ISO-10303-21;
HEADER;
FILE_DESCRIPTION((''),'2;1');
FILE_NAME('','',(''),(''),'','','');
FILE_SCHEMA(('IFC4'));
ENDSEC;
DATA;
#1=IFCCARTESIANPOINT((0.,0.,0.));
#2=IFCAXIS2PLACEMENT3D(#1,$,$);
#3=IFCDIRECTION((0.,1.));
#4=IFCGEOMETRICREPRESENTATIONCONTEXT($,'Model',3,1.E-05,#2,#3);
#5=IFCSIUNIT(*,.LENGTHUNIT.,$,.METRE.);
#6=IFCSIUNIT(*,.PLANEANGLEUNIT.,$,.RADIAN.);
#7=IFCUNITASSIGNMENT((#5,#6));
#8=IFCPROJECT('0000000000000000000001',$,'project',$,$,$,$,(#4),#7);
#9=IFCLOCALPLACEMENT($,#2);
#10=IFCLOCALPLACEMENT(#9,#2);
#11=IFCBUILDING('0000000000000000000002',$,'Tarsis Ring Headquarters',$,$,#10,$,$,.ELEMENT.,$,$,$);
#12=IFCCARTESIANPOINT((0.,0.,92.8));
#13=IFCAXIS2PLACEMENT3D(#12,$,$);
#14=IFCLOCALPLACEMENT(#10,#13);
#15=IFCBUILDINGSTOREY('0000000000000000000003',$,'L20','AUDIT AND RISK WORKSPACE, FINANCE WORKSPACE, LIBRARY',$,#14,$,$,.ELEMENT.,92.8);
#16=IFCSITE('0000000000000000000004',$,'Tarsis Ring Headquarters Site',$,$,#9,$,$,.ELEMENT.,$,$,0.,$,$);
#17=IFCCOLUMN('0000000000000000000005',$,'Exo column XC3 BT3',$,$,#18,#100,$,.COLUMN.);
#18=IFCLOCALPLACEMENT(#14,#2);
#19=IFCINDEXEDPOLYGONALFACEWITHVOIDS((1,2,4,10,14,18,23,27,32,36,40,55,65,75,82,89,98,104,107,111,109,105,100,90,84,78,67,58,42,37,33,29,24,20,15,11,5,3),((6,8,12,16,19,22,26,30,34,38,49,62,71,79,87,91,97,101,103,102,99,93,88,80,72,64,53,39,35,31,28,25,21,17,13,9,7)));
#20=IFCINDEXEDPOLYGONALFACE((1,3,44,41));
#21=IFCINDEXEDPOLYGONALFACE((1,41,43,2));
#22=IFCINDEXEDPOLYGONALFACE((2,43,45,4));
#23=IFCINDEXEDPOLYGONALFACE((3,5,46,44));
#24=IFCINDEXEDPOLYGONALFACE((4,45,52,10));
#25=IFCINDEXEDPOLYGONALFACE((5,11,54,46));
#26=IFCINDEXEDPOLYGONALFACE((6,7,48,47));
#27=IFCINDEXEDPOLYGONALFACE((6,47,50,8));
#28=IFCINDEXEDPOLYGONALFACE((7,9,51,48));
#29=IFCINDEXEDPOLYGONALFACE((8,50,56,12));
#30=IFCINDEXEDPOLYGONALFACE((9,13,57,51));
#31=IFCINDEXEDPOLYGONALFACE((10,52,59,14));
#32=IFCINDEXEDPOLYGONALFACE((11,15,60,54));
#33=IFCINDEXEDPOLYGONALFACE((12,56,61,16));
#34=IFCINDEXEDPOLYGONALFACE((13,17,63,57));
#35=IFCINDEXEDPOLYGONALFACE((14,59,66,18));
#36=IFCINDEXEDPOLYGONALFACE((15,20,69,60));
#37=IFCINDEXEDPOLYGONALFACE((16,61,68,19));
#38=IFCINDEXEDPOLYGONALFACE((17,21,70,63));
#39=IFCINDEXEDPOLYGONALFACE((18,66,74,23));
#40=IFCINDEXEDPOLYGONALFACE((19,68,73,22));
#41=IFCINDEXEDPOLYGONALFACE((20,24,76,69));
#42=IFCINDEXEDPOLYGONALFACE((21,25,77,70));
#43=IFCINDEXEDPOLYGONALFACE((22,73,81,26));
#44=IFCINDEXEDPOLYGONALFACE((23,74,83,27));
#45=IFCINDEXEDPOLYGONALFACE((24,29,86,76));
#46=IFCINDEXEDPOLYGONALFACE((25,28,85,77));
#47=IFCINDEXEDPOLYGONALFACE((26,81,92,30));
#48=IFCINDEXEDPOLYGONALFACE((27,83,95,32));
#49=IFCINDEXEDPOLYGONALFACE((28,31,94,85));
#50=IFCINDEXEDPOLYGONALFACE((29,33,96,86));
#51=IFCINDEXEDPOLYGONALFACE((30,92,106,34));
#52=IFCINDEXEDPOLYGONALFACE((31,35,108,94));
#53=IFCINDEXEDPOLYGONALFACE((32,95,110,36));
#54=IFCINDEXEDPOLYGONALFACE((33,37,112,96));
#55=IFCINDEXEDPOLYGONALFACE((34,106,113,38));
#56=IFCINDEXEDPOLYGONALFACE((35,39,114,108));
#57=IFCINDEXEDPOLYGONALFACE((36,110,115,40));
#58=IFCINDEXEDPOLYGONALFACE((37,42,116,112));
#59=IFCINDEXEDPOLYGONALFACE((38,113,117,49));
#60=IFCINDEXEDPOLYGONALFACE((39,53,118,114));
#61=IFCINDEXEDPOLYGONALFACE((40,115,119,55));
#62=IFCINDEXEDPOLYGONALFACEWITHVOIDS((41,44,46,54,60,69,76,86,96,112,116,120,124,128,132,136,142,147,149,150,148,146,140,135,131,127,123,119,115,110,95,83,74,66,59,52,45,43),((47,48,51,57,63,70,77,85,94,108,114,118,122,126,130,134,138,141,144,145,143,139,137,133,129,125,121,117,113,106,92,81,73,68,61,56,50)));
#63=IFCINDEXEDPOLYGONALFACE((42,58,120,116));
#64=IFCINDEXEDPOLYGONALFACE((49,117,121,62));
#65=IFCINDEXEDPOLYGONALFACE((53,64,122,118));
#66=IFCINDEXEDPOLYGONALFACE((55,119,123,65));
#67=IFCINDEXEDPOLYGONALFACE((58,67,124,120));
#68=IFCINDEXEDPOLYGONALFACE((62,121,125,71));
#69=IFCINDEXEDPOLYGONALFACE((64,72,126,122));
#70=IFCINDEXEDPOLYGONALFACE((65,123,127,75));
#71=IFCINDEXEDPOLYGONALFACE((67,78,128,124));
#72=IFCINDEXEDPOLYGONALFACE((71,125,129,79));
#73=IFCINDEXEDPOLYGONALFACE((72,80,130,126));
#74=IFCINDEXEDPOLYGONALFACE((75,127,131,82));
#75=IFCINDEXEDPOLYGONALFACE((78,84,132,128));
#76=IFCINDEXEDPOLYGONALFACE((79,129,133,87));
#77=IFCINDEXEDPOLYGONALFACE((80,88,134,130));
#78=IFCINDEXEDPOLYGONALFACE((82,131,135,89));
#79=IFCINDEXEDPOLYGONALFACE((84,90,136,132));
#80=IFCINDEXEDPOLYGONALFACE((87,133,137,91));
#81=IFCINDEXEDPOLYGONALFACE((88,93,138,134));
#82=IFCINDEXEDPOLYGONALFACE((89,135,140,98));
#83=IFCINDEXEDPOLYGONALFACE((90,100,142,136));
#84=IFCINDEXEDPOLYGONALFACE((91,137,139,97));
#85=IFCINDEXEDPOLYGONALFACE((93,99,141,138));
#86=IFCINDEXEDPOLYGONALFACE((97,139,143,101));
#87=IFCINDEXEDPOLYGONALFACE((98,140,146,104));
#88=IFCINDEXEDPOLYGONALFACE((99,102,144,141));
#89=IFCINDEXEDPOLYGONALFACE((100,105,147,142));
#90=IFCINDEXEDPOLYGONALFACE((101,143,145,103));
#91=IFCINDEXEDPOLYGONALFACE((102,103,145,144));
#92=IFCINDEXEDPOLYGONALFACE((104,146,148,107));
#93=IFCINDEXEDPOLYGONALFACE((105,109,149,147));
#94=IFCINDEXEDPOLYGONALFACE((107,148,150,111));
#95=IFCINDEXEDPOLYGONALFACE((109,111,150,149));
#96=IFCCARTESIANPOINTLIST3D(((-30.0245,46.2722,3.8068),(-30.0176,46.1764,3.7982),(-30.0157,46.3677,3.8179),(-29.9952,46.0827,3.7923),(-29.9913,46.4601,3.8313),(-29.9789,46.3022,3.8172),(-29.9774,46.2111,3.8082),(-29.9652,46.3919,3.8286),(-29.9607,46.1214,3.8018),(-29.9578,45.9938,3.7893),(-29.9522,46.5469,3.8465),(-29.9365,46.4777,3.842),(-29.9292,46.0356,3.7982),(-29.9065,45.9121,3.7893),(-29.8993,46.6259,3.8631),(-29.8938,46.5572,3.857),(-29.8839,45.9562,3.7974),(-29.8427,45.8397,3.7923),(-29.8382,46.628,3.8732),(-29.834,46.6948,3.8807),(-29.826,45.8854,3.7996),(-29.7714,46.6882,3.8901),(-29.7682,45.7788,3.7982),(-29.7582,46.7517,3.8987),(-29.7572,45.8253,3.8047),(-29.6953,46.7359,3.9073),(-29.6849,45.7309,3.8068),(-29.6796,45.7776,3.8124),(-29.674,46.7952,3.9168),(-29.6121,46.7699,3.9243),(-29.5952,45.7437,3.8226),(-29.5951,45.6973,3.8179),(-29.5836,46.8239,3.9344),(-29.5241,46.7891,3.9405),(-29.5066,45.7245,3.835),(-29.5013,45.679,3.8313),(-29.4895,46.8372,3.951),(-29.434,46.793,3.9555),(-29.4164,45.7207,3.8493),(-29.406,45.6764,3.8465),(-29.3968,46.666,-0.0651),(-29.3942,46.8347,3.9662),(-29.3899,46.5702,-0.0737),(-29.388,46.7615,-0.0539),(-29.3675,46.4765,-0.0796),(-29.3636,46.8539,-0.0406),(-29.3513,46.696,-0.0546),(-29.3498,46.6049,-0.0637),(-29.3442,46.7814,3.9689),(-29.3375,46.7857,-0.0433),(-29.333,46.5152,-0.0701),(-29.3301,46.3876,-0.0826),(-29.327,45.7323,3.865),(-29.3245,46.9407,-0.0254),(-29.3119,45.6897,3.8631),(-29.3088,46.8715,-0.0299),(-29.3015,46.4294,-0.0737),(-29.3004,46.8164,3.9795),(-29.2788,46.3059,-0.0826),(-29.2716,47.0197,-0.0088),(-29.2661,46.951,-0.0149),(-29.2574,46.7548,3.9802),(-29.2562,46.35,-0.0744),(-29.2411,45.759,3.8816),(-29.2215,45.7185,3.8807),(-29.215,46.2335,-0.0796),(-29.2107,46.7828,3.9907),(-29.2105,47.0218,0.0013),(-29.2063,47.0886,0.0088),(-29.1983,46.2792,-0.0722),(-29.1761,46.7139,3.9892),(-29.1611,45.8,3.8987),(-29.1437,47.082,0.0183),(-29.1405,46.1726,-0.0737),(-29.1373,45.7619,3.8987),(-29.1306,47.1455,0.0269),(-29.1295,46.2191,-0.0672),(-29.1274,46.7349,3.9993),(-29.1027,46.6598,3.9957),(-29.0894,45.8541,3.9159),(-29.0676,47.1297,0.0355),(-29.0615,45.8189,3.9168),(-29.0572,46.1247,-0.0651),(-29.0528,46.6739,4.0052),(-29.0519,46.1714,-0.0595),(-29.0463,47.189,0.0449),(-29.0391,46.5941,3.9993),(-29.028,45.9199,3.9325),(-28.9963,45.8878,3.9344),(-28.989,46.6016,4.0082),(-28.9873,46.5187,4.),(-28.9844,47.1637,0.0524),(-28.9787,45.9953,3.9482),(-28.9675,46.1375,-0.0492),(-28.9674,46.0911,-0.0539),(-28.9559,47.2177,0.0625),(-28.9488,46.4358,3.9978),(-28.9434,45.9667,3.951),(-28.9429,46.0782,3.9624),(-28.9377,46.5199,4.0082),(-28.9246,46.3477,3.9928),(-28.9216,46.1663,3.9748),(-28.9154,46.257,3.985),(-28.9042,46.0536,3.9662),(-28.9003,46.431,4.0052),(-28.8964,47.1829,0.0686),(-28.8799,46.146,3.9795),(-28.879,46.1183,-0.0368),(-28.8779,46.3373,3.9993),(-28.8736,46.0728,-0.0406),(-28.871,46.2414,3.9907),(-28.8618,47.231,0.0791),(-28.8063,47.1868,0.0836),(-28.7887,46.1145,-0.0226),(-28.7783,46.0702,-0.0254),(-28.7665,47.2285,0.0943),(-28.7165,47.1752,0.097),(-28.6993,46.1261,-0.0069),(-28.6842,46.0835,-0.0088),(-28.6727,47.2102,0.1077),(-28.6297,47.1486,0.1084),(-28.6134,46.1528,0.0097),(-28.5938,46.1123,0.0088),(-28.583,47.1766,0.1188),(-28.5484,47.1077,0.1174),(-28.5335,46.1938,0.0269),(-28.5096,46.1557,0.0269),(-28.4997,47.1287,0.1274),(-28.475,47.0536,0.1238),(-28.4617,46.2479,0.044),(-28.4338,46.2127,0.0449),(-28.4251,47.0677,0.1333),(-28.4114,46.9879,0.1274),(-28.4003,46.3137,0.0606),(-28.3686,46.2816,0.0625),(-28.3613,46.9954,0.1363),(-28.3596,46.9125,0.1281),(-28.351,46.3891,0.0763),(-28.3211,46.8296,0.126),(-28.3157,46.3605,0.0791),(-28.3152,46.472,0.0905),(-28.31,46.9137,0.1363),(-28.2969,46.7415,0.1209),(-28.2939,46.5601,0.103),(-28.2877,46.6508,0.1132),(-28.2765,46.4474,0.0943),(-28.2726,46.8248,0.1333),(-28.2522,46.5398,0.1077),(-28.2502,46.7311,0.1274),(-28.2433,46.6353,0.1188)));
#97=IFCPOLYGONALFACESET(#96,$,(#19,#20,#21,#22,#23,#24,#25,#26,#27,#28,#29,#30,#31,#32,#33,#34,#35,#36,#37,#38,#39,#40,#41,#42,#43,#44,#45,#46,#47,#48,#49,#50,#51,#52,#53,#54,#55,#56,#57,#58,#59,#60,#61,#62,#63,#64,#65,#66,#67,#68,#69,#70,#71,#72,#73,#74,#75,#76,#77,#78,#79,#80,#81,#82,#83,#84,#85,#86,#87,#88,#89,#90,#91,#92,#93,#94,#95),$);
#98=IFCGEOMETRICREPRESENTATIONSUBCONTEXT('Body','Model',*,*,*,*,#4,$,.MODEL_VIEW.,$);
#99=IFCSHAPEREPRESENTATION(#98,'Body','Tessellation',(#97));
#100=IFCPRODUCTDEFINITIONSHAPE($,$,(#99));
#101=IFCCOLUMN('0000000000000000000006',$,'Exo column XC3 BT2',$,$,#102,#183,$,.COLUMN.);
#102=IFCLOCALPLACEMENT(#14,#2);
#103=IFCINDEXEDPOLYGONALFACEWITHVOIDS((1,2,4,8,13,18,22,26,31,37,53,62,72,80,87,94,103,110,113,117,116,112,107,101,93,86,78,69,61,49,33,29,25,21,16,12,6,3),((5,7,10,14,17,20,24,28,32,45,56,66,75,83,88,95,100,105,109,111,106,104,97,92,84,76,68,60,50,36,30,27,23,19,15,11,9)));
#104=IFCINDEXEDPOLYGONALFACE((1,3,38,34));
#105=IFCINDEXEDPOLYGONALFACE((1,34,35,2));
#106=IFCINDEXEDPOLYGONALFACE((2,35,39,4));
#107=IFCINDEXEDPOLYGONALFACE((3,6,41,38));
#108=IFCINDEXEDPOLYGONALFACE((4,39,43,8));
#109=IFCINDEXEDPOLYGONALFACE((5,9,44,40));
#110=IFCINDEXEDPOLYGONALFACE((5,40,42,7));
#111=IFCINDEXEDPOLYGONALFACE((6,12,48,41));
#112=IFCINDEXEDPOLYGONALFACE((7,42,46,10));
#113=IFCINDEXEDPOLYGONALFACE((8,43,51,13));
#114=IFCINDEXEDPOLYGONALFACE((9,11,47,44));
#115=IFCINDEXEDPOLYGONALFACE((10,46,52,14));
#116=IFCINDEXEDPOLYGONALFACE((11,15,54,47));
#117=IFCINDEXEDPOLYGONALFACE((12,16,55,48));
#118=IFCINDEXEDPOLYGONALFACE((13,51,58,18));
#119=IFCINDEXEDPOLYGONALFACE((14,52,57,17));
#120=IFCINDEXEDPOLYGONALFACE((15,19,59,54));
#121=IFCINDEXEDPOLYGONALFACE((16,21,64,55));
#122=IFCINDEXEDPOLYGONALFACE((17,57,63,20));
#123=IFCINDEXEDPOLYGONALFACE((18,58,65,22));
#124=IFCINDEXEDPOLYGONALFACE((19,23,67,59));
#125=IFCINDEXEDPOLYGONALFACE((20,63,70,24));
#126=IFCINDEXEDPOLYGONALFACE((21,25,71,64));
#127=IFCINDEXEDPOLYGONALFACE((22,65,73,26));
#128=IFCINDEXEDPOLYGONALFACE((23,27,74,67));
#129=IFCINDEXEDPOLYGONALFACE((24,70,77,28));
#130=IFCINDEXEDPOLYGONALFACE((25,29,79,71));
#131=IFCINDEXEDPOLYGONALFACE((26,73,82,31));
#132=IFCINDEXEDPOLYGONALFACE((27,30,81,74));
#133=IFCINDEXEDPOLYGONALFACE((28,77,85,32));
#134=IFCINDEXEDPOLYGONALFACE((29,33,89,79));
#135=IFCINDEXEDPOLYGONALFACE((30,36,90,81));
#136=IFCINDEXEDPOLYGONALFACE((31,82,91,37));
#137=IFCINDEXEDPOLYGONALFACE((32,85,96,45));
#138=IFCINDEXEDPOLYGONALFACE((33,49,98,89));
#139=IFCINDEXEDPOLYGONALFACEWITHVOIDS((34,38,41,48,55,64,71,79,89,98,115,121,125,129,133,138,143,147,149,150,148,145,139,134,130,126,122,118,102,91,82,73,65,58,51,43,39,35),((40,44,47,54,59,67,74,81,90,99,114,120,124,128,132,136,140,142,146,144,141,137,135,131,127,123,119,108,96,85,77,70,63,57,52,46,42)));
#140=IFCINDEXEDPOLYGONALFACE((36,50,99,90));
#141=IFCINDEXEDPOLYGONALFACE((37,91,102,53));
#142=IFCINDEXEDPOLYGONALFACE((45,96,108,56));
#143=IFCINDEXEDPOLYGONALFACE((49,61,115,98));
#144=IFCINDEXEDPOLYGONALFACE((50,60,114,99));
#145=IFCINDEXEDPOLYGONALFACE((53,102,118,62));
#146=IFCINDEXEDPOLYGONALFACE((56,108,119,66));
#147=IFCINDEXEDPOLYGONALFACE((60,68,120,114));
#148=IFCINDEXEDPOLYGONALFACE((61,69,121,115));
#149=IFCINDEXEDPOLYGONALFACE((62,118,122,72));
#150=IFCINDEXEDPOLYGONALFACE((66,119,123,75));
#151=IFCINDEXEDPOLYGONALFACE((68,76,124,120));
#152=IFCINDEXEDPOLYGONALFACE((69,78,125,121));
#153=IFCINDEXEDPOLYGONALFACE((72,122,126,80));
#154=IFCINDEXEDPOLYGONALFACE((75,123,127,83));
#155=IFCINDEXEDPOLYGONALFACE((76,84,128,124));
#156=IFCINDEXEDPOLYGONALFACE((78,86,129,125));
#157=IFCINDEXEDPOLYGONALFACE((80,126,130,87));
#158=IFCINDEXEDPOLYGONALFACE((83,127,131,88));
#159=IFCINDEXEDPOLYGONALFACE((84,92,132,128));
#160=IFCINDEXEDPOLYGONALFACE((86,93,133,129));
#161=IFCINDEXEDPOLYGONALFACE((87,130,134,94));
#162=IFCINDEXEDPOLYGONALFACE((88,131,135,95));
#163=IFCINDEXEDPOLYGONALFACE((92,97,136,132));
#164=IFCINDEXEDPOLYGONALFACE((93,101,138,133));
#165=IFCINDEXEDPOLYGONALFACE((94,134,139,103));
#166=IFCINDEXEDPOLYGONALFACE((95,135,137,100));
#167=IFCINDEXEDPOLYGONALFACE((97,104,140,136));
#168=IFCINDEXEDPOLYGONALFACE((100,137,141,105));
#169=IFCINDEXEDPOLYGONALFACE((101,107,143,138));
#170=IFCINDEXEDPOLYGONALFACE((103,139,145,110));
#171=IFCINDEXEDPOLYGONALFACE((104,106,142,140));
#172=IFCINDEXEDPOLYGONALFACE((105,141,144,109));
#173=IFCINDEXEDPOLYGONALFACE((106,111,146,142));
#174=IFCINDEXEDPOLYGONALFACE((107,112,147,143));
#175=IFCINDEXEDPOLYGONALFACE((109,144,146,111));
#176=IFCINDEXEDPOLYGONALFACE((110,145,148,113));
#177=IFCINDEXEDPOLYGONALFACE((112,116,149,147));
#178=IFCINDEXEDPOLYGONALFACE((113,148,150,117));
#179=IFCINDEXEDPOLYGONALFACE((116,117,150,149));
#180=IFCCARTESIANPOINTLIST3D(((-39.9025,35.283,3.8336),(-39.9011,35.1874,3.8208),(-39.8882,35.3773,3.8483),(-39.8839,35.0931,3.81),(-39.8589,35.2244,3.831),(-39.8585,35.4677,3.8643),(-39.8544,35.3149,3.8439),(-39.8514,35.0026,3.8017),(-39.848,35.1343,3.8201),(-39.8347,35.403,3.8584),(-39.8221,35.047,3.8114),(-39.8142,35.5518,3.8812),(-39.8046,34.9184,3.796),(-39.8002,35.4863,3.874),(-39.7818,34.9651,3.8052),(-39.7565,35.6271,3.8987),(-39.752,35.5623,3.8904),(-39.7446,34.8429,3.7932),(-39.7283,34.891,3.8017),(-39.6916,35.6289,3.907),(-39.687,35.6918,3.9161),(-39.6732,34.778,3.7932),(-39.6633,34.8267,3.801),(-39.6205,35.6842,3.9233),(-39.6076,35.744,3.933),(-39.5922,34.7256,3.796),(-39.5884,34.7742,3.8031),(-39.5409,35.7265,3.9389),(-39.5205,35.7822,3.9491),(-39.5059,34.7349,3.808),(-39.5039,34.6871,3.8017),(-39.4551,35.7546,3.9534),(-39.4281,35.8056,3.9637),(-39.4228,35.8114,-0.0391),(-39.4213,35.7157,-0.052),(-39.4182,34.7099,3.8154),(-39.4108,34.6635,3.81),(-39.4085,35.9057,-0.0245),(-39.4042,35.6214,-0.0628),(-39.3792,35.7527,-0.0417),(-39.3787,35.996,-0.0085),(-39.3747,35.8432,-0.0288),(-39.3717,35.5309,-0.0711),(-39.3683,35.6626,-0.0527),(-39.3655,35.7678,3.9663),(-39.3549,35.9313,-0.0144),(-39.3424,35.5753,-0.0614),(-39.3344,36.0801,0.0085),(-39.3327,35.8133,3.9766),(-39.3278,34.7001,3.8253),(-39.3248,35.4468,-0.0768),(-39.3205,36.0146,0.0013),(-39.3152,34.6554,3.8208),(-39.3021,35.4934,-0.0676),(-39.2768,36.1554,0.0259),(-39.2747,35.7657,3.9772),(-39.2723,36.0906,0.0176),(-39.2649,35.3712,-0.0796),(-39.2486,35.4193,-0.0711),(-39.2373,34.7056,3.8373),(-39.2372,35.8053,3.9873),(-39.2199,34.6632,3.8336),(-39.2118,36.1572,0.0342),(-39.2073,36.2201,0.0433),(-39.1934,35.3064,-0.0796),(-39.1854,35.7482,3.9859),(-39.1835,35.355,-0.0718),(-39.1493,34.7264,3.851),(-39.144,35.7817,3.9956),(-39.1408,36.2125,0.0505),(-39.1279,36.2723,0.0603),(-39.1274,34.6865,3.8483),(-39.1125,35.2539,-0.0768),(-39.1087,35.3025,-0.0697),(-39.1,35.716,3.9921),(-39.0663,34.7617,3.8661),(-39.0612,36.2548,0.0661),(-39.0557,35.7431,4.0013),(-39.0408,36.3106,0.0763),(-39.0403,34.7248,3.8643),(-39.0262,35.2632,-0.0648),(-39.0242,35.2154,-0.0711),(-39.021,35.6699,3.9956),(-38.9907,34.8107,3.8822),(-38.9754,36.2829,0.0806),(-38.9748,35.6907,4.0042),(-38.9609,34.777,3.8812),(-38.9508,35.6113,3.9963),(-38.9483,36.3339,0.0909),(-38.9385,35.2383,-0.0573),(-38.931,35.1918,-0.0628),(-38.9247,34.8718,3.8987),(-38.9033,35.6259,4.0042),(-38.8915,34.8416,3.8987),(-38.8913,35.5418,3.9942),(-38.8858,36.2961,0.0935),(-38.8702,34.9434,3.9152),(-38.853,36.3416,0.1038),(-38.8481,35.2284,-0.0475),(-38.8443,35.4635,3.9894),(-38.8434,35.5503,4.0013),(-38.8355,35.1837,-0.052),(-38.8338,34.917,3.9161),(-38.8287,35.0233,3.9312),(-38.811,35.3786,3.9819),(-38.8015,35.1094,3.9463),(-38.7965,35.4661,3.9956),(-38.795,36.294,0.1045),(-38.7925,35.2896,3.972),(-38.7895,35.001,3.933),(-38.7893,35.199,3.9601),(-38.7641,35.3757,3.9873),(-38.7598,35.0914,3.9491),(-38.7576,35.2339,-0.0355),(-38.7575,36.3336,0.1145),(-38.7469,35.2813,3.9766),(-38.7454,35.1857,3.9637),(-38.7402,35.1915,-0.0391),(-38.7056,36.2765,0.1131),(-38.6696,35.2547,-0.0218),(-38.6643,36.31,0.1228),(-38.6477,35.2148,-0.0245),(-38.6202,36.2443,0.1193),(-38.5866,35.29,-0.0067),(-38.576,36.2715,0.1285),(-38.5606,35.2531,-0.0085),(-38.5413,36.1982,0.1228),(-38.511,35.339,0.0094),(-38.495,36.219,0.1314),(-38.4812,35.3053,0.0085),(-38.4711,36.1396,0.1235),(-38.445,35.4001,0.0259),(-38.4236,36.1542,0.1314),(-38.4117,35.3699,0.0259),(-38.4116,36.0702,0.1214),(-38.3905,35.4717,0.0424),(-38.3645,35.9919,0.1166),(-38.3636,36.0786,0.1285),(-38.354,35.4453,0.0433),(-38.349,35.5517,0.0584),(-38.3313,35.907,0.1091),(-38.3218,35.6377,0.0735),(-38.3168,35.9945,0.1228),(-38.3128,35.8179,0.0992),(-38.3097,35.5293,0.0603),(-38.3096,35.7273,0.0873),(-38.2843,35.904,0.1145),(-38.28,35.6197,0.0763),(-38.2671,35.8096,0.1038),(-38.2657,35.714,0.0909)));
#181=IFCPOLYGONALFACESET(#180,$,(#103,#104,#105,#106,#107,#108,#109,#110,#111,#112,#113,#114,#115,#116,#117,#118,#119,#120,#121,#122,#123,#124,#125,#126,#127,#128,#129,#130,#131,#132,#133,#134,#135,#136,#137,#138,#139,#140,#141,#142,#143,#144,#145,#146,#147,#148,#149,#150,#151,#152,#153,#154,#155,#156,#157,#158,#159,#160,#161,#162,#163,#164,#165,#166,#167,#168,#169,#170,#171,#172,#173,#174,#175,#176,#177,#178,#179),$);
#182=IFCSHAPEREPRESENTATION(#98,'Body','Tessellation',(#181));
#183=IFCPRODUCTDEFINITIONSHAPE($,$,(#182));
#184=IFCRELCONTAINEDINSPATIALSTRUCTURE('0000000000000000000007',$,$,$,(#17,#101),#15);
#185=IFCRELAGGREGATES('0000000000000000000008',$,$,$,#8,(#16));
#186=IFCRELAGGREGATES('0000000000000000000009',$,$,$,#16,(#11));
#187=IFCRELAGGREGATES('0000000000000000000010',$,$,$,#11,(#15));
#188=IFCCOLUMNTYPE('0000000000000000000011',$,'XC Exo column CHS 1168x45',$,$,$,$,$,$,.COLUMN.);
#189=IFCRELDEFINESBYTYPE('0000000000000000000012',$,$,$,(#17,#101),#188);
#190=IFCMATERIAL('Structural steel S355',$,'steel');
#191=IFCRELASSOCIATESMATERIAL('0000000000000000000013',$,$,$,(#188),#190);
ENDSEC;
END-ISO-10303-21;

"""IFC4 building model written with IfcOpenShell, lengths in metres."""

from ifc_helpers import new_model, si_unit, direction, frame, origin, origin_2d, place, context, subcontext, project, spatial, hollow_circle, extrude, material, material_profile, profile_set, type_object, element, save


model = new_model("IFC4")

# Units and contexts
model_context = context("Model", 3, precision=1e-05, world=origin(), true_north=direction((0.0, 1.0)))
body_context = subcontext(model_context, "Body", "Model", "MODEL_VIEW")
ifc_project = project(units=[si_unit("LENGTHUNIT", "METRE"), si_unit("PLANEANGLEUNIT", "RADIAN")], contexts=[model_context])

# Site, building, storey
site_placement = place(None, origin())
site = spatial("IfcSite", under=ifc_project, at=site_placement, Name="Tarsis Ring Headquarters Site", CompositionType="ELEMENT", RefElevation=0.0)
building_placement = place(site_placement, origin())
building = spatial("IfcBuilding", under=site, at=building_placement, Name="Tarsis Ring Headquarters", CompositionType="ELEMENT")
storey_placement = place(building_placement, frame((0.0, 0.0, 92.8)))
storey = spatial("IfcBuildingStorey", under=building, at=storey_placement, Name="L20", Description="AUDIT AND RISK WORKSPACE, FINANCE WORKSPACE, LIBRARY", CompositionType="ELEMENT", Elevation=92.8)

# Columns
ifc_material_1 = material(Name="Structural steel S355", Category="steel")
ifc_material_profile_1 = material_profile(ifc_material_1, hollow_circle(Radius=0.5842, WallThickness=0.0449, at=origin_2d()), Name="CHS 1168x45")
ifc_profile_set_1 = profile_set([ifc_material_profile_1], Name="Structural steel S355")
column_type = type_object("IfcColumnType", Name="XC Exo column CHS 1168x45", PredefinedType="COLUMN", material=ifc_profile_set_1)
column_1_placement = place(storey_placement, frame((-28.8201, 46.6506, 0.0269), z_axis=(-0.159226, -0.099896, 0.982175), x_axis=(0.531449, -0.84709, 0.0)))
element("IfcColumn", 1, at=column_1_placement, inside=storey, type_object=column_type, Name="Exo column XC3 BT3", PredefinedType="COLUMN", context=body_context, shape_type="SweptSolid", body=[
    extrude(hollow_circle(Radius=0.5842, WallThickness=0.0449, at=origin_2d()), origin(), (0.0, 0.0, 1.0), 3.9421),
])
column_2_placement = place(storey_placement, frame((-38.8442, 35.7627, 0.0259), z_axis=(-0.121822, -0.134159, 0.983443), x_axis=(0.740327, -0.672247, 0.0)))
element("IfcColumn", 2, at=column_2_placement, inside=storey, type_object=column_type, Name="Exo column XC3 BT2", PredefinedType="COLUMN", context=body_context, shape_type="SweptSolid", body=[
    extrude(hollow_circle(Radius=0.5842, WallThickness=0.0449, at=origin_2d()), origin(), (0.0, 0.0, 1.0), 3.938),
])

save(model, "model.ifc")
